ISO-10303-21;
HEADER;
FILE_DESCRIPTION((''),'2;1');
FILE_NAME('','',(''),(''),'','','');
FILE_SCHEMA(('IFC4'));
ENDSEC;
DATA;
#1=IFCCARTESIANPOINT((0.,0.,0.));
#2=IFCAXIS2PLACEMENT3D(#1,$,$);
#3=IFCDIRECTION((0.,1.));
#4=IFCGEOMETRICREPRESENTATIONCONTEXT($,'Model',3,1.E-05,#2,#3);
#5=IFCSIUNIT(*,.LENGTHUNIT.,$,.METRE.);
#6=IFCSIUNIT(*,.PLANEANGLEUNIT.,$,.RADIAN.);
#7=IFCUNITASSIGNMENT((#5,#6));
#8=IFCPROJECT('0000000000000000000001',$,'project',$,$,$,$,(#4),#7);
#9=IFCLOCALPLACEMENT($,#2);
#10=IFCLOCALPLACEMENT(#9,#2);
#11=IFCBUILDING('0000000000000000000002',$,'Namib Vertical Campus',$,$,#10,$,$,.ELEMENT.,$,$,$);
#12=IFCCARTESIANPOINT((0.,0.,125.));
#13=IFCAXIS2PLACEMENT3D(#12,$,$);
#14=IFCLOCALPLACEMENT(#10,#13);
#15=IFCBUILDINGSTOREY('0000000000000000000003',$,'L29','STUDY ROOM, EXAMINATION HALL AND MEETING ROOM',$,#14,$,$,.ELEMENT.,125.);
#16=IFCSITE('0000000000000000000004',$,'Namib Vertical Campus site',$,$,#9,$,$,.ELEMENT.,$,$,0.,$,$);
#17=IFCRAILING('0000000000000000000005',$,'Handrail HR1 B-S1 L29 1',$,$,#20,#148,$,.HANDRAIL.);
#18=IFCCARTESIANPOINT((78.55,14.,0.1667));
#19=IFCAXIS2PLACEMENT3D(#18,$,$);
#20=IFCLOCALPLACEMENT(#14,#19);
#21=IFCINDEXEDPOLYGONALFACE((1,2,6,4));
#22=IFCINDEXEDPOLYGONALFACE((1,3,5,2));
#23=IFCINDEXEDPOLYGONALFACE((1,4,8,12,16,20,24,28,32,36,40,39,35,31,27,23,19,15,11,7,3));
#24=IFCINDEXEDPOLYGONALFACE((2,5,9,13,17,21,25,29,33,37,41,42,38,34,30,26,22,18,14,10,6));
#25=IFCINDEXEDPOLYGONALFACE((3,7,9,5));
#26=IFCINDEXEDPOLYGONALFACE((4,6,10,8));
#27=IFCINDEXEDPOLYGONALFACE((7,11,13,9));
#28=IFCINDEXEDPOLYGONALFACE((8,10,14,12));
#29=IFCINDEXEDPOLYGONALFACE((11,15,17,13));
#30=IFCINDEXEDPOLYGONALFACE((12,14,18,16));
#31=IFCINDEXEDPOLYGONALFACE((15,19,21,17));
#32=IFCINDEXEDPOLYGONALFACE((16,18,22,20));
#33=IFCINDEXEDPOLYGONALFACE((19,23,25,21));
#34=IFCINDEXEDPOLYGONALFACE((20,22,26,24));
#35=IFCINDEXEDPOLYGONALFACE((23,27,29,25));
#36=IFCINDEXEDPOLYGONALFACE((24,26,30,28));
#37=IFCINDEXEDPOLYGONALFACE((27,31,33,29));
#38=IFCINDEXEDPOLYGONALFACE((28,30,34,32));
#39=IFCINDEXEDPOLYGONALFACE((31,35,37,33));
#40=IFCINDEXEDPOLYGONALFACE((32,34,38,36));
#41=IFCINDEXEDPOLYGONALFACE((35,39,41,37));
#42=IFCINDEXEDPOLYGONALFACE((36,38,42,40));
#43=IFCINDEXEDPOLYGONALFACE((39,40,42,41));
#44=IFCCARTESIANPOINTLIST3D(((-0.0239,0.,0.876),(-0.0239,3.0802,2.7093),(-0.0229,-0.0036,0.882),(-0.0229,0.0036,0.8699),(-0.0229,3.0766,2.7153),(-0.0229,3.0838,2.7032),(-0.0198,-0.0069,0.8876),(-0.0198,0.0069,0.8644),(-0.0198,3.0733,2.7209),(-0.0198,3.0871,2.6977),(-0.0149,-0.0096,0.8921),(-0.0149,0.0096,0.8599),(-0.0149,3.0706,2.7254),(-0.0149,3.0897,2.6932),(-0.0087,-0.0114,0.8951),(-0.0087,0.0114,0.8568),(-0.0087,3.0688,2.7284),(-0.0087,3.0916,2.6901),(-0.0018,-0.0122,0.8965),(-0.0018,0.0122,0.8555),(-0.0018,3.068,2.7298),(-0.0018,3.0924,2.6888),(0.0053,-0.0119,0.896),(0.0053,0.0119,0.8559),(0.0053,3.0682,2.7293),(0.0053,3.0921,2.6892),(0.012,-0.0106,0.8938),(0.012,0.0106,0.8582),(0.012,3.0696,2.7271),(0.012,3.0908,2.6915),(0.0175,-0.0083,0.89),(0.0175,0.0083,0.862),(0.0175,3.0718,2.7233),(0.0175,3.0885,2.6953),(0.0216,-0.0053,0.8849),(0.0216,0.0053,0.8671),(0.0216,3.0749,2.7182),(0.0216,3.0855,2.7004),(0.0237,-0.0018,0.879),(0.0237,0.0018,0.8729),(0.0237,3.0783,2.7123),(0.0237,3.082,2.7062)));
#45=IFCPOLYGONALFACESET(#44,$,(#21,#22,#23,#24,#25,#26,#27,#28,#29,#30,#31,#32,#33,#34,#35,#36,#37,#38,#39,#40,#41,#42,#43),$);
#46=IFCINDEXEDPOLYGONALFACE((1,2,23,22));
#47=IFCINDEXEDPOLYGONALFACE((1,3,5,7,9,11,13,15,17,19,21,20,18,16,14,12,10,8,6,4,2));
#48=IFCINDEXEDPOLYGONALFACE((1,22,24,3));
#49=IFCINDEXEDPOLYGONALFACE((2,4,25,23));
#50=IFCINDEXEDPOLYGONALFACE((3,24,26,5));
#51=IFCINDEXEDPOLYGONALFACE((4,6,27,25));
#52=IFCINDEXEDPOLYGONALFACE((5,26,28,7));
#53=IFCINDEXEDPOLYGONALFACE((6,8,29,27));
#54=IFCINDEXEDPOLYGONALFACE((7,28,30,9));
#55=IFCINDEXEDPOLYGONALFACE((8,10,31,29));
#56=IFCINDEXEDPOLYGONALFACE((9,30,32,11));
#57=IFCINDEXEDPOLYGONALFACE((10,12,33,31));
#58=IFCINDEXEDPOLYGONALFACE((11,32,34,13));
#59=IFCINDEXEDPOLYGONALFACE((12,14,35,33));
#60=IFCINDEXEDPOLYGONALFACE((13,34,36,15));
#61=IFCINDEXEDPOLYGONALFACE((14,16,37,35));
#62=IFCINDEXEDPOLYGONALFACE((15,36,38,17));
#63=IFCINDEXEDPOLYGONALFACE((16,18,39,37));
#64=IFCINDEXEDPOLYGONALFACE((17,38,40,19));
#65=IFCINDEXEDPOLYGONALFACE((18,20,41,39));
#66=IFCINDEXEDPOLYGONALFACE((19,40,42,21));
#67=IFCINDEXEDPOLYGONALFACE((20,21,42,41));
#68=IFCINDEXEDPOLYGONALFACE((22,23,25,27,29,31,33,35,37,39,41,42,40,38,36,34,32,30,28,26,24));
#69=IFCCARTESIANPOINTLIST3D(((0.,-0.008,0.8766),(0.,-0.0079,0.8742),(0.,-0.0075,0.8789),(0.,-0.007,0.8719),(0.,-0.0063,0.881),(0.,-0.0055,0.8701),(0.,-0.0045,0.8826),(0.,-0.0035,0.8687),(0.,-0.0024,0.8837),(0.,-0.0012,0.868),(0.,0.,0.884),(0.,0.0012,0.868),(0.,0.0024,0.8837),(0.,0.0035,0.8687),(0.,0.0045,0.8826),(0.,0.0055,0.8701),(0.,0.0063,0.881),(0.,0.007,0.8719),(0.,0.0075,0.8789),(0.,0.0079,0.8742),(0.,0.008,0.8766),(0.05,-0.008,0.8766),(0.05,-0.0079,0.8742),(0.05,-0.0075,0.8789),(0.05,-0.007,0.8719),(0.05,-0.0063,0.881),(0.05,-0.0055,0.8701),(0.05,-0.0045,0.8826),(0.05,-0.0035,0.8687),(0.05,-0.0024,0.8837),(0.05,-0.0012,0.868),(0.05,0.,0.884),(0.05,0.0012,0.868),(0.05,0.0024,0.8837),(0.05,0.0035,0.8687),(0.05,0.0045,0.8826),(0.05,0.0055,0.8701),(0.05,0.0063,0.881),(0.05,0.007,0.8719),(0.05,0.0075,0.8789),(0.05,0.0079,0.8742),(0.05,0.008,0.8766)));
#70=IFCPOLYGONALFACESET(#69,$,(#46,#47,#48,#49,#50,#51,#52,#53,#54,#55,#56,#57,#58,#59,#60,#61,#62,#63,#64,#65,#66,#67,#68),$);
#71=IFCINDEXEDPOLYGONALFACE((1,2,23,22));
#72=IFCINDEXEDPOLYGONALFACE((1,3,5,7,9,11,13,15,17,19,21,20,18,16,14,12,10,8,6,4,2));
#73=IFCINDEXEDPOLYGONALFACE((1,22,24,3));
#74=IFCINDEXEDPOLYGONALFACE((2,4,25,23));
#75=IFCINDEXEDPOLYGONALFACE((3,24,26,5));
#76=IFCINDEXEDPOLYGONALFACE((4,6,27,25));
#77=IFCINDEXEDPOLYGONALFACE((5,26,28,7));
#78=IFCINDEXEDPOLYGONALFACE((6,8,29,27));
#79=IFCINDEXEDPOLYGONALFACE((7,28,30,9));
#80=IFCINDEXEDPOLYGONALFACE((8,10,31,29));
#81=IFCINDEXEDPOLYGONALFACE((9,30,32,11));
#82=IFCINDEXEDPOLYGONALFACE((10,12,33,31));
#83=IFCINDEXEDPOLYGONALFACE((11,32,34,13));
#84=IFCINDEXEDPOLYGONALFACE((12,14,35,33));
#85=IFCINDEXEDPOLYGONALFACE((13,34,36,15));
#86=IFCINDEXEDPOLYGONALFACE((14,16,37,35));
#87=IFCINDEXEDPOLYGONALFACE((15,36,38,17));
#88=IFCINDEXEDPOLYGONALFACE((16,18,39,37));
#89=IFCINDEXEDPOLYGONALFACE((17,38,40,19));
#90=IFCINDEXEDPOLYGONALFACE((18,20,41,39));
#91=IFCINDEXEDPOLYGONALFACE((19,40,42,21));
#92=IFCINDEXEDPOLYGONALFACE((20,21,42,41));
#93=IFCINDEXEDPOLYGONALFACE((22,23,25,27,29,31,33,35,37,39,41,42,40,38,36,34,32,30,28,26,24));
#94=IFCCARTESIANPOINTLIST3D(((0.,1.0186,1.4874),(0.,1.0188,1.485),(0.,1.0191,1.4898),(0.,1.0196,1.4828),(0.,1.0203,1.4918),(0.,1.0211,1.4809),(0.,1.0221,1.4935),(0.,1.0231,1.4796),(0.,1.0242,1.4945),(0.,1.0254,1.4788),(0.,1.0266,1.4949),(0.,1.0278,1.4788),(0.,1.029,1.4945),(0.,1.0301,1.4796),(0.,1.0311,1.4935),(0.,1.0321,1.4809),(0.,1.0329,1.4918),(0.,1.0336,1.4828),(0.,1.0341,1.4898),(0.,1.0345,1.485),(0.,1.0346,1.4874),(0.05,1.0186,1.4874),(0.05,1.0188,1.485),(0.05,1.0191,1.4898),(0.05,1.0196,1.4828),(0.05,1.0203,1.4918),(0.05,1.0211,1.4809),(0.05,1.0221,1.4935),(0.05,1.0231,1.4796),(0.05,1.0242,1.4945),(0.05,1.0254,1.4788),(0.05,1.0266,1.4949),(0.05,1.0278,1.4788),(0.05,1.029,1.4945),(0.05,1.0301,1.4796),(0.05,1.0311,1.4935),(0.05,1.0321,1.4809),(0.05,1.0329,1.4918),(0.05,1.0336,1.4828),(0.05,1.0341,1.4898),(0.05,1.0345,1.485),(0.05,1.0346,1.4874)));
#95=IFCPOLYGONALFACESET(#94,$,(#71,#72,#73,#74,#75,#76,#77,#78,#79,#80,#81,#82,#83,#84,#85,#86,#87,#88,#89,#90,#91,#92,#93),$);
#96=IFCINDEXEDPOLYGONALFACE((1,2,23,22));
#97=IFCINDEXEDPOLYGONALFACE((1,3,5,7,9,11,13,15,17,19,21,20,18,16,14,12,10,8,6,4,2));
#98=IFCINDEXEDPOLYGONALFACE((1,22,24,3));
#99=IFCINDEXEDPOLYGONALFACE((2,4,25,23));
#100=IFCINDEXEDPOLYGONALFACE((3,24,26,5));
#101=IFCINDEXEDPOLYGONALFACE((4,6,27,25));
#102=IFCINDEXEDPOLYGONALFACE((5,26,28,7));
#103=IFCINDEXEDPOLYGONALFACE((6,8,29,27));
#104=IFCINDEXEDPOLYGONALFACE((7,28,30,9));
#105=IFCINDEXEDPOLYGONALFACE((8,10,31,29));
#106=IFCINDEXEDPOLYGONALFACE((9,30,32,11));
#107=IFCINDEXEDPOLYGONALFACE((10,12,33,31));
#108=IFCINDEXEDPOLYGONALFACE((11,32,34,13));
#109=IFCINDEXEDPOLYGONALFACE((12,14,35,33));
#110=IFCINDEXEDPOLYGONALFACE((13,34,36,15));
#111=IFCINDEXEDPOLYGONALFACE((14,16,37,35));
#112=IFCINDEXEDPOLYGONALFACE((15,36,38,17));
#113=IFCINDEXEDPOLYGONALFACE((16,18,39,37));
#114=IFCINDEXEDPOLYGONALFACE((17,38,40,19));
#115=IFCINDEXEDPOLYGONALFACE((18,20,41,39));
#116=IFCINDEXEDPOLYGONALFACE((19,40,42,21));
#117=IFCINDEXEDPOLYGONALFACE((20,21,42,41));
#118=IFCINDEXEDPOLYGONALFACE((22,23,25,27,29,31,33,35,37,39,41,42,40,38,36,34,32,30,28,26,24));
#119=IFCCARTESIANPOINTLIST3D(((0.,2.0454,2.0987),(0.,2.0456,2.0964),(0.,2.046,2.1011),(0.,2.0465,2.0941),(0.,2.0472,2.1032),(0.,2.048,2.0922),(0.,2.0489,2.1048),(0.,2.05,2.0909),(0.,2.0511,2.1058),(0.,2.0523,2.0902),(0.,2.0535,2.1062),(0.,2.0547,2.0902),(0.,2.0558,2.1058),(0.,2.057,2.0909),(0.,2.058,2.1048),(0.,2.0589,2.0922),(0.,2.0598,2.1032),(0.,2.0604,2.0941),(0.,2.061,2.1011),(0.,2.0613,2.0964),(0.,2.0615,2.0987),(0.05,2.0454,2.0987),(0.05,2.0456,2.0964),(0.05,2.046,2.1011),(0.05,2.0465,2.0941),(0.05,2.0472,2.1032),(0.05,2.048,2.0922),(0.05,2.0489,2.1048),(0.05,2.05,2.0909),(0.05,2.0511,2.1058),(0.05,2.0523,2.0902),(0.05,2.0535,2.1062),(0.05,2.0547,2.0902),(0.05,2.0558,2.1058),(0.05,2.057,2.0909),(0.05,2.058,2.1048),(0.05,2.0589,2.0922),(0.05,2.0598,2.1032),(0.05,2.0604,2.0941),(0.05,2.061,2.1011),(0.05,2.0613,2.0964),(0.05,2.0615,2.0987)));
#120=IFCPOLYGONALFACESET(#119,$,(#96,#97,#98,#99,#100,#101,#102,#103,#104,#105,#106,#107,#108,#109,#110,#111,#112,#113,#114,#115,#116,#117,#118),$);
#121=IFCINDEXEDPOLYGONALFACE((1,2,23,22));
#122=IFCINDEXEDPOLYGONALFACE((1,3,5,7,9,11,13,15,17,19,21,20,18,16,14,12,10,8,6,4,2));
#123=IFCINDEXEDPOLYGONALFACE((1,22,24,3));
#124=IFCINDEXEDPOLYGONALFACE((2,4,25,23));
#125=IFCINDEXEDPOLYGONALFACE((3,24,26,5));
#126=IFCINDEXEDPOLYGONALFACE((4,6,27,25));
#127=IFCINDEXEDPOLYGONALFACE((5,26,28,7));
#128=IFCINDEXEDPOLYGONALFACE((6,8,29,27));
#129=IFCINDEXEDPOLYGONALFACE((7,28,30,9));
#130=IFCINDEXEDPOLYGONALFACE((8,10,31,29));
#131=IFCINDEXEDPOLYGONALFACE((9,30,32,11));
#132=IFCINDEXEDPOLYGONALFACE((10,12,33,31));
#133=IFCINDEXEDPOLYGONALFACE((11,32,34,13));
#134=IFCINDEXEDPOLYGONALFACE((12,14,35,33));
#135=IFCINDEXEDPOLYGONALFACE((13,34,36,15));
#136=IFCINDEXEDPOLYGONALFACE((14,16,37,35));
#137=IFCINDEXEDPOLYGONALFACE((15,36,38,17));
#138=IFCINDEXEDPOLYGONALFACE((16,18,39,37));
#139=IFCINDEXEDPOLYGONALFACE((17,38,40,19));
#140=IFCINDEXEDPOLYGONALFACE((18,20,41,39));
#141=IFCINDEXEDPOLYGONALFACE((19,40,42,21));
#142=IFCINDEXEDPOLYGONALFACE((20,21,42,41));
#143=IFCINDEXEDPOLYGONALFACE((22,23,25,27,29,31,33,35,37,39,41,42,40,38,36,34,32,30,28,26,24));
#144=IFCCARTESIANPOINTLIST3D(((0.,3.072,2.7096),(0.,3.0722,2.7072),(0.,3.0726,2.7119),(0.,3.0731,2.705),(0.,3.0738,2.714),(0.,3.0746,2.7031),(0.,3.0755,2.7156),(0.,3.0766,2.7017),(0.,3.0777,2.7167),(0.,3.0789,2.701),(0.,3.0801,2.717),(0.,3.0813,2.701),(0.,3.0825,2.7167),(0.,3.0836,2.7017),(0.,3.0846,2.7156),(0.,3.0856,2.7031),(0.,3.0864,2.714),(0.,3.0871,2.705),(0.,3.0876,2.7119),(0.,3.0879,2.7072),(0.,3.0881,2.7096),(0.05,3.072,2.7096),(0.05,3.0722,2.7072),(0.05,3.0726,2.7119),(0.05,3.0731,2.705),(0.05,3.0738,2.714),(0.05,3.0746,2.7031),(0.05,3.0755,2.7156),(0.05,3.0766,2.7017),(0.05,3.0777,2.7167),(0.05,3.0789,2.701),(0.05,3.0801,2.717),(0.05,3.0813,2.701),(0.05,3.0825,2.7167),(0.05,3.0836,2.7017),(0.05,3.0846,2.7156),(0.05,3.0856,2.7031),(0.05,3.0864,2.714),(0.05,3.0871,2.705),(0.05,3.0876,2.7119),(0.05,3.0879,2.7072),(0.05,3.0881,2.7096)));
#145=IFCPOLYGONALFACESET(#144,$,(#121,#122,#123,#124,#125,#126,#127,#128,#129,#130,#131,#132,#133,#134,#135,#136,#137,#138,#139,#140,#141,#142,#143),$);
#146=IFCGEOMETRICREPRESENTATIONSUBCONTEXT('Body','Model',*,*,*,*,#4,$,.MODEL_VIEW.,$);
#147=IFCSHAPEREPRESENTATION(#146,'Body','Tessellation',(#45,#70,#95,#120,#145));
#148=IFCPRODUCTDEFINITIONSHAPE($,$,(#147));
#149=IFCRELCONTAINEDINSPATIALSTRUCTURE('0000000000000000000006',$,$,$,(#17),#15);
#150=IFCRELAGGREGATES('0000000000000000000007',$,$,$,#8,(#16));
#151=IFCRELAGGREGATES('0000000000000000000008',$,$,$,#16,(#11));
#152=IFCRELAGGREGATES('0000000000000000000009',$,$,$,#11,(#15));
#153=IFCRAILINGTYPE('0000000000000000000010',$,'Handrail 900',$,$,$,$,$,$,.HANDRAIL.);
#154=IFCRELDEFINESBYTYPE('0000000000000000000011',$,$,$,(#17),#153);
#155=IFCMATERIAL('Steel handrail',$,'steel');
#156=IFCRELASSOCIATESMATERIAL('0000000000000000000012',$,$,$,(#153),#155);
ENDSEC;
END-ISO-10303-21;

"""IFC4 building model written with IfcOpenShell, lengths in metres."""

from ifc_helpers import new_model, si_unit, direction, frame, origin, origin_2d, place, context, subcontext, project, spatial, circle, extrude, material, type_object, element, save


model = new_model("IFC4")

# Units and contexts
model_context = context("Model", 3, precision=1e-05, world=origin(), true_north=direction((0.0, 1.0)))
body_context = subcontext(model_context, "Body", "Model", "MODEL_VIEW")
ifc_project = project(units=[si_unit("LENGTHUNIT", "METRE"), si_unit("PLANEANGLEUNIT", "RADIAN")], contexts=[model_context])

# Site, building, storey
site_placement = place(None, origin())
site = spatial("IfcSite", under=ifc_project, at=site_placement, Name="Namib Vertical Campus site", CompositionType="ELEMENT", RefElevation=0.0)
building_placement = place(site_placement, origin())
building = spatial("IfcBuilding", under=site, at=building_placement, Name="Namib Vertical Campus", CompositionType="ELEMENT")
storey_placement = place(building_placement, frame((0.0, 0.0, 125.0)))
storey = spatial("IfcBuildingStorey", under=building, at=storey_placement, Name="L29", Description="STUDY ROOM, EXAMINATION HALL AND MEETING ROOM", CompositionType="ELEMENT", Elevation=125.0)

# Railing
ifc_material_1 = material(Name="Steel handrail", Category="steel")
railing_type = type_object("IfcRailingType", Name="Handrail 900", PredefinedType="HANDRAIL", material=ifc_material_1)
railing_1_placement = place(storey_placement, frame((78.55, 14.0, 0.1667)))
element("IfcRailing", 1, at=railing_1_placement, inside=storey, type_object=railing_type, Name="Handrail HR1 B-S1 L29 1", PredefinedType="HANDRAIL", context=body_context, shape_type="SweptSolid", body=[
    extrude(circle(Radius=0.0239, at=origin_2d()), frame((0.0, 0.0, 0.876), z_axis=(0.0, 0.859309, 0.511458), x_axis=(-1.0, 0.0, 0.0)), (0.0, 0.0, 1.0), 3.5845),
    extrude(circle(Radius=0.0081, at=origin_2d()), frame((0.0, 0.0, 0.876), z_axis=(1.0, 0.0, 0.0), x_axis=(0.0, 0.0, 1.0)), (0.0, 0.0, 1.0), 0.05),
    extrude(circle(Radius=0.0081, at=origin_2d()), frame((0.0, 1.0266, 1.4868), z_axis=(1.0, 0.0, 0.0), x_axis=(0.0, 0.0, 1.0)), (0.0, 0.0, 1.0), 0.05),
    extrude(circle(Radius=0.0081, at=origin_2d()), frame((0.0, 2.0535, 2.0981), z_axis=(1.0, 0.0, 0.0), x_axis=(0.0, 0.0, 1.0)), (0.0, 0.0, 1.0), 0.05),
    extrude(circle(Radius=0.0081, at=origin_2d()), frame((0.0, 3.0801, 2.709), z_axis=(1.0, 0.0, 0.0), x_axis=(0.0, 0.0, 1.0)), (0.0, 0.0, 1.0), 0.05),
])

save(model, "model.ifc")
